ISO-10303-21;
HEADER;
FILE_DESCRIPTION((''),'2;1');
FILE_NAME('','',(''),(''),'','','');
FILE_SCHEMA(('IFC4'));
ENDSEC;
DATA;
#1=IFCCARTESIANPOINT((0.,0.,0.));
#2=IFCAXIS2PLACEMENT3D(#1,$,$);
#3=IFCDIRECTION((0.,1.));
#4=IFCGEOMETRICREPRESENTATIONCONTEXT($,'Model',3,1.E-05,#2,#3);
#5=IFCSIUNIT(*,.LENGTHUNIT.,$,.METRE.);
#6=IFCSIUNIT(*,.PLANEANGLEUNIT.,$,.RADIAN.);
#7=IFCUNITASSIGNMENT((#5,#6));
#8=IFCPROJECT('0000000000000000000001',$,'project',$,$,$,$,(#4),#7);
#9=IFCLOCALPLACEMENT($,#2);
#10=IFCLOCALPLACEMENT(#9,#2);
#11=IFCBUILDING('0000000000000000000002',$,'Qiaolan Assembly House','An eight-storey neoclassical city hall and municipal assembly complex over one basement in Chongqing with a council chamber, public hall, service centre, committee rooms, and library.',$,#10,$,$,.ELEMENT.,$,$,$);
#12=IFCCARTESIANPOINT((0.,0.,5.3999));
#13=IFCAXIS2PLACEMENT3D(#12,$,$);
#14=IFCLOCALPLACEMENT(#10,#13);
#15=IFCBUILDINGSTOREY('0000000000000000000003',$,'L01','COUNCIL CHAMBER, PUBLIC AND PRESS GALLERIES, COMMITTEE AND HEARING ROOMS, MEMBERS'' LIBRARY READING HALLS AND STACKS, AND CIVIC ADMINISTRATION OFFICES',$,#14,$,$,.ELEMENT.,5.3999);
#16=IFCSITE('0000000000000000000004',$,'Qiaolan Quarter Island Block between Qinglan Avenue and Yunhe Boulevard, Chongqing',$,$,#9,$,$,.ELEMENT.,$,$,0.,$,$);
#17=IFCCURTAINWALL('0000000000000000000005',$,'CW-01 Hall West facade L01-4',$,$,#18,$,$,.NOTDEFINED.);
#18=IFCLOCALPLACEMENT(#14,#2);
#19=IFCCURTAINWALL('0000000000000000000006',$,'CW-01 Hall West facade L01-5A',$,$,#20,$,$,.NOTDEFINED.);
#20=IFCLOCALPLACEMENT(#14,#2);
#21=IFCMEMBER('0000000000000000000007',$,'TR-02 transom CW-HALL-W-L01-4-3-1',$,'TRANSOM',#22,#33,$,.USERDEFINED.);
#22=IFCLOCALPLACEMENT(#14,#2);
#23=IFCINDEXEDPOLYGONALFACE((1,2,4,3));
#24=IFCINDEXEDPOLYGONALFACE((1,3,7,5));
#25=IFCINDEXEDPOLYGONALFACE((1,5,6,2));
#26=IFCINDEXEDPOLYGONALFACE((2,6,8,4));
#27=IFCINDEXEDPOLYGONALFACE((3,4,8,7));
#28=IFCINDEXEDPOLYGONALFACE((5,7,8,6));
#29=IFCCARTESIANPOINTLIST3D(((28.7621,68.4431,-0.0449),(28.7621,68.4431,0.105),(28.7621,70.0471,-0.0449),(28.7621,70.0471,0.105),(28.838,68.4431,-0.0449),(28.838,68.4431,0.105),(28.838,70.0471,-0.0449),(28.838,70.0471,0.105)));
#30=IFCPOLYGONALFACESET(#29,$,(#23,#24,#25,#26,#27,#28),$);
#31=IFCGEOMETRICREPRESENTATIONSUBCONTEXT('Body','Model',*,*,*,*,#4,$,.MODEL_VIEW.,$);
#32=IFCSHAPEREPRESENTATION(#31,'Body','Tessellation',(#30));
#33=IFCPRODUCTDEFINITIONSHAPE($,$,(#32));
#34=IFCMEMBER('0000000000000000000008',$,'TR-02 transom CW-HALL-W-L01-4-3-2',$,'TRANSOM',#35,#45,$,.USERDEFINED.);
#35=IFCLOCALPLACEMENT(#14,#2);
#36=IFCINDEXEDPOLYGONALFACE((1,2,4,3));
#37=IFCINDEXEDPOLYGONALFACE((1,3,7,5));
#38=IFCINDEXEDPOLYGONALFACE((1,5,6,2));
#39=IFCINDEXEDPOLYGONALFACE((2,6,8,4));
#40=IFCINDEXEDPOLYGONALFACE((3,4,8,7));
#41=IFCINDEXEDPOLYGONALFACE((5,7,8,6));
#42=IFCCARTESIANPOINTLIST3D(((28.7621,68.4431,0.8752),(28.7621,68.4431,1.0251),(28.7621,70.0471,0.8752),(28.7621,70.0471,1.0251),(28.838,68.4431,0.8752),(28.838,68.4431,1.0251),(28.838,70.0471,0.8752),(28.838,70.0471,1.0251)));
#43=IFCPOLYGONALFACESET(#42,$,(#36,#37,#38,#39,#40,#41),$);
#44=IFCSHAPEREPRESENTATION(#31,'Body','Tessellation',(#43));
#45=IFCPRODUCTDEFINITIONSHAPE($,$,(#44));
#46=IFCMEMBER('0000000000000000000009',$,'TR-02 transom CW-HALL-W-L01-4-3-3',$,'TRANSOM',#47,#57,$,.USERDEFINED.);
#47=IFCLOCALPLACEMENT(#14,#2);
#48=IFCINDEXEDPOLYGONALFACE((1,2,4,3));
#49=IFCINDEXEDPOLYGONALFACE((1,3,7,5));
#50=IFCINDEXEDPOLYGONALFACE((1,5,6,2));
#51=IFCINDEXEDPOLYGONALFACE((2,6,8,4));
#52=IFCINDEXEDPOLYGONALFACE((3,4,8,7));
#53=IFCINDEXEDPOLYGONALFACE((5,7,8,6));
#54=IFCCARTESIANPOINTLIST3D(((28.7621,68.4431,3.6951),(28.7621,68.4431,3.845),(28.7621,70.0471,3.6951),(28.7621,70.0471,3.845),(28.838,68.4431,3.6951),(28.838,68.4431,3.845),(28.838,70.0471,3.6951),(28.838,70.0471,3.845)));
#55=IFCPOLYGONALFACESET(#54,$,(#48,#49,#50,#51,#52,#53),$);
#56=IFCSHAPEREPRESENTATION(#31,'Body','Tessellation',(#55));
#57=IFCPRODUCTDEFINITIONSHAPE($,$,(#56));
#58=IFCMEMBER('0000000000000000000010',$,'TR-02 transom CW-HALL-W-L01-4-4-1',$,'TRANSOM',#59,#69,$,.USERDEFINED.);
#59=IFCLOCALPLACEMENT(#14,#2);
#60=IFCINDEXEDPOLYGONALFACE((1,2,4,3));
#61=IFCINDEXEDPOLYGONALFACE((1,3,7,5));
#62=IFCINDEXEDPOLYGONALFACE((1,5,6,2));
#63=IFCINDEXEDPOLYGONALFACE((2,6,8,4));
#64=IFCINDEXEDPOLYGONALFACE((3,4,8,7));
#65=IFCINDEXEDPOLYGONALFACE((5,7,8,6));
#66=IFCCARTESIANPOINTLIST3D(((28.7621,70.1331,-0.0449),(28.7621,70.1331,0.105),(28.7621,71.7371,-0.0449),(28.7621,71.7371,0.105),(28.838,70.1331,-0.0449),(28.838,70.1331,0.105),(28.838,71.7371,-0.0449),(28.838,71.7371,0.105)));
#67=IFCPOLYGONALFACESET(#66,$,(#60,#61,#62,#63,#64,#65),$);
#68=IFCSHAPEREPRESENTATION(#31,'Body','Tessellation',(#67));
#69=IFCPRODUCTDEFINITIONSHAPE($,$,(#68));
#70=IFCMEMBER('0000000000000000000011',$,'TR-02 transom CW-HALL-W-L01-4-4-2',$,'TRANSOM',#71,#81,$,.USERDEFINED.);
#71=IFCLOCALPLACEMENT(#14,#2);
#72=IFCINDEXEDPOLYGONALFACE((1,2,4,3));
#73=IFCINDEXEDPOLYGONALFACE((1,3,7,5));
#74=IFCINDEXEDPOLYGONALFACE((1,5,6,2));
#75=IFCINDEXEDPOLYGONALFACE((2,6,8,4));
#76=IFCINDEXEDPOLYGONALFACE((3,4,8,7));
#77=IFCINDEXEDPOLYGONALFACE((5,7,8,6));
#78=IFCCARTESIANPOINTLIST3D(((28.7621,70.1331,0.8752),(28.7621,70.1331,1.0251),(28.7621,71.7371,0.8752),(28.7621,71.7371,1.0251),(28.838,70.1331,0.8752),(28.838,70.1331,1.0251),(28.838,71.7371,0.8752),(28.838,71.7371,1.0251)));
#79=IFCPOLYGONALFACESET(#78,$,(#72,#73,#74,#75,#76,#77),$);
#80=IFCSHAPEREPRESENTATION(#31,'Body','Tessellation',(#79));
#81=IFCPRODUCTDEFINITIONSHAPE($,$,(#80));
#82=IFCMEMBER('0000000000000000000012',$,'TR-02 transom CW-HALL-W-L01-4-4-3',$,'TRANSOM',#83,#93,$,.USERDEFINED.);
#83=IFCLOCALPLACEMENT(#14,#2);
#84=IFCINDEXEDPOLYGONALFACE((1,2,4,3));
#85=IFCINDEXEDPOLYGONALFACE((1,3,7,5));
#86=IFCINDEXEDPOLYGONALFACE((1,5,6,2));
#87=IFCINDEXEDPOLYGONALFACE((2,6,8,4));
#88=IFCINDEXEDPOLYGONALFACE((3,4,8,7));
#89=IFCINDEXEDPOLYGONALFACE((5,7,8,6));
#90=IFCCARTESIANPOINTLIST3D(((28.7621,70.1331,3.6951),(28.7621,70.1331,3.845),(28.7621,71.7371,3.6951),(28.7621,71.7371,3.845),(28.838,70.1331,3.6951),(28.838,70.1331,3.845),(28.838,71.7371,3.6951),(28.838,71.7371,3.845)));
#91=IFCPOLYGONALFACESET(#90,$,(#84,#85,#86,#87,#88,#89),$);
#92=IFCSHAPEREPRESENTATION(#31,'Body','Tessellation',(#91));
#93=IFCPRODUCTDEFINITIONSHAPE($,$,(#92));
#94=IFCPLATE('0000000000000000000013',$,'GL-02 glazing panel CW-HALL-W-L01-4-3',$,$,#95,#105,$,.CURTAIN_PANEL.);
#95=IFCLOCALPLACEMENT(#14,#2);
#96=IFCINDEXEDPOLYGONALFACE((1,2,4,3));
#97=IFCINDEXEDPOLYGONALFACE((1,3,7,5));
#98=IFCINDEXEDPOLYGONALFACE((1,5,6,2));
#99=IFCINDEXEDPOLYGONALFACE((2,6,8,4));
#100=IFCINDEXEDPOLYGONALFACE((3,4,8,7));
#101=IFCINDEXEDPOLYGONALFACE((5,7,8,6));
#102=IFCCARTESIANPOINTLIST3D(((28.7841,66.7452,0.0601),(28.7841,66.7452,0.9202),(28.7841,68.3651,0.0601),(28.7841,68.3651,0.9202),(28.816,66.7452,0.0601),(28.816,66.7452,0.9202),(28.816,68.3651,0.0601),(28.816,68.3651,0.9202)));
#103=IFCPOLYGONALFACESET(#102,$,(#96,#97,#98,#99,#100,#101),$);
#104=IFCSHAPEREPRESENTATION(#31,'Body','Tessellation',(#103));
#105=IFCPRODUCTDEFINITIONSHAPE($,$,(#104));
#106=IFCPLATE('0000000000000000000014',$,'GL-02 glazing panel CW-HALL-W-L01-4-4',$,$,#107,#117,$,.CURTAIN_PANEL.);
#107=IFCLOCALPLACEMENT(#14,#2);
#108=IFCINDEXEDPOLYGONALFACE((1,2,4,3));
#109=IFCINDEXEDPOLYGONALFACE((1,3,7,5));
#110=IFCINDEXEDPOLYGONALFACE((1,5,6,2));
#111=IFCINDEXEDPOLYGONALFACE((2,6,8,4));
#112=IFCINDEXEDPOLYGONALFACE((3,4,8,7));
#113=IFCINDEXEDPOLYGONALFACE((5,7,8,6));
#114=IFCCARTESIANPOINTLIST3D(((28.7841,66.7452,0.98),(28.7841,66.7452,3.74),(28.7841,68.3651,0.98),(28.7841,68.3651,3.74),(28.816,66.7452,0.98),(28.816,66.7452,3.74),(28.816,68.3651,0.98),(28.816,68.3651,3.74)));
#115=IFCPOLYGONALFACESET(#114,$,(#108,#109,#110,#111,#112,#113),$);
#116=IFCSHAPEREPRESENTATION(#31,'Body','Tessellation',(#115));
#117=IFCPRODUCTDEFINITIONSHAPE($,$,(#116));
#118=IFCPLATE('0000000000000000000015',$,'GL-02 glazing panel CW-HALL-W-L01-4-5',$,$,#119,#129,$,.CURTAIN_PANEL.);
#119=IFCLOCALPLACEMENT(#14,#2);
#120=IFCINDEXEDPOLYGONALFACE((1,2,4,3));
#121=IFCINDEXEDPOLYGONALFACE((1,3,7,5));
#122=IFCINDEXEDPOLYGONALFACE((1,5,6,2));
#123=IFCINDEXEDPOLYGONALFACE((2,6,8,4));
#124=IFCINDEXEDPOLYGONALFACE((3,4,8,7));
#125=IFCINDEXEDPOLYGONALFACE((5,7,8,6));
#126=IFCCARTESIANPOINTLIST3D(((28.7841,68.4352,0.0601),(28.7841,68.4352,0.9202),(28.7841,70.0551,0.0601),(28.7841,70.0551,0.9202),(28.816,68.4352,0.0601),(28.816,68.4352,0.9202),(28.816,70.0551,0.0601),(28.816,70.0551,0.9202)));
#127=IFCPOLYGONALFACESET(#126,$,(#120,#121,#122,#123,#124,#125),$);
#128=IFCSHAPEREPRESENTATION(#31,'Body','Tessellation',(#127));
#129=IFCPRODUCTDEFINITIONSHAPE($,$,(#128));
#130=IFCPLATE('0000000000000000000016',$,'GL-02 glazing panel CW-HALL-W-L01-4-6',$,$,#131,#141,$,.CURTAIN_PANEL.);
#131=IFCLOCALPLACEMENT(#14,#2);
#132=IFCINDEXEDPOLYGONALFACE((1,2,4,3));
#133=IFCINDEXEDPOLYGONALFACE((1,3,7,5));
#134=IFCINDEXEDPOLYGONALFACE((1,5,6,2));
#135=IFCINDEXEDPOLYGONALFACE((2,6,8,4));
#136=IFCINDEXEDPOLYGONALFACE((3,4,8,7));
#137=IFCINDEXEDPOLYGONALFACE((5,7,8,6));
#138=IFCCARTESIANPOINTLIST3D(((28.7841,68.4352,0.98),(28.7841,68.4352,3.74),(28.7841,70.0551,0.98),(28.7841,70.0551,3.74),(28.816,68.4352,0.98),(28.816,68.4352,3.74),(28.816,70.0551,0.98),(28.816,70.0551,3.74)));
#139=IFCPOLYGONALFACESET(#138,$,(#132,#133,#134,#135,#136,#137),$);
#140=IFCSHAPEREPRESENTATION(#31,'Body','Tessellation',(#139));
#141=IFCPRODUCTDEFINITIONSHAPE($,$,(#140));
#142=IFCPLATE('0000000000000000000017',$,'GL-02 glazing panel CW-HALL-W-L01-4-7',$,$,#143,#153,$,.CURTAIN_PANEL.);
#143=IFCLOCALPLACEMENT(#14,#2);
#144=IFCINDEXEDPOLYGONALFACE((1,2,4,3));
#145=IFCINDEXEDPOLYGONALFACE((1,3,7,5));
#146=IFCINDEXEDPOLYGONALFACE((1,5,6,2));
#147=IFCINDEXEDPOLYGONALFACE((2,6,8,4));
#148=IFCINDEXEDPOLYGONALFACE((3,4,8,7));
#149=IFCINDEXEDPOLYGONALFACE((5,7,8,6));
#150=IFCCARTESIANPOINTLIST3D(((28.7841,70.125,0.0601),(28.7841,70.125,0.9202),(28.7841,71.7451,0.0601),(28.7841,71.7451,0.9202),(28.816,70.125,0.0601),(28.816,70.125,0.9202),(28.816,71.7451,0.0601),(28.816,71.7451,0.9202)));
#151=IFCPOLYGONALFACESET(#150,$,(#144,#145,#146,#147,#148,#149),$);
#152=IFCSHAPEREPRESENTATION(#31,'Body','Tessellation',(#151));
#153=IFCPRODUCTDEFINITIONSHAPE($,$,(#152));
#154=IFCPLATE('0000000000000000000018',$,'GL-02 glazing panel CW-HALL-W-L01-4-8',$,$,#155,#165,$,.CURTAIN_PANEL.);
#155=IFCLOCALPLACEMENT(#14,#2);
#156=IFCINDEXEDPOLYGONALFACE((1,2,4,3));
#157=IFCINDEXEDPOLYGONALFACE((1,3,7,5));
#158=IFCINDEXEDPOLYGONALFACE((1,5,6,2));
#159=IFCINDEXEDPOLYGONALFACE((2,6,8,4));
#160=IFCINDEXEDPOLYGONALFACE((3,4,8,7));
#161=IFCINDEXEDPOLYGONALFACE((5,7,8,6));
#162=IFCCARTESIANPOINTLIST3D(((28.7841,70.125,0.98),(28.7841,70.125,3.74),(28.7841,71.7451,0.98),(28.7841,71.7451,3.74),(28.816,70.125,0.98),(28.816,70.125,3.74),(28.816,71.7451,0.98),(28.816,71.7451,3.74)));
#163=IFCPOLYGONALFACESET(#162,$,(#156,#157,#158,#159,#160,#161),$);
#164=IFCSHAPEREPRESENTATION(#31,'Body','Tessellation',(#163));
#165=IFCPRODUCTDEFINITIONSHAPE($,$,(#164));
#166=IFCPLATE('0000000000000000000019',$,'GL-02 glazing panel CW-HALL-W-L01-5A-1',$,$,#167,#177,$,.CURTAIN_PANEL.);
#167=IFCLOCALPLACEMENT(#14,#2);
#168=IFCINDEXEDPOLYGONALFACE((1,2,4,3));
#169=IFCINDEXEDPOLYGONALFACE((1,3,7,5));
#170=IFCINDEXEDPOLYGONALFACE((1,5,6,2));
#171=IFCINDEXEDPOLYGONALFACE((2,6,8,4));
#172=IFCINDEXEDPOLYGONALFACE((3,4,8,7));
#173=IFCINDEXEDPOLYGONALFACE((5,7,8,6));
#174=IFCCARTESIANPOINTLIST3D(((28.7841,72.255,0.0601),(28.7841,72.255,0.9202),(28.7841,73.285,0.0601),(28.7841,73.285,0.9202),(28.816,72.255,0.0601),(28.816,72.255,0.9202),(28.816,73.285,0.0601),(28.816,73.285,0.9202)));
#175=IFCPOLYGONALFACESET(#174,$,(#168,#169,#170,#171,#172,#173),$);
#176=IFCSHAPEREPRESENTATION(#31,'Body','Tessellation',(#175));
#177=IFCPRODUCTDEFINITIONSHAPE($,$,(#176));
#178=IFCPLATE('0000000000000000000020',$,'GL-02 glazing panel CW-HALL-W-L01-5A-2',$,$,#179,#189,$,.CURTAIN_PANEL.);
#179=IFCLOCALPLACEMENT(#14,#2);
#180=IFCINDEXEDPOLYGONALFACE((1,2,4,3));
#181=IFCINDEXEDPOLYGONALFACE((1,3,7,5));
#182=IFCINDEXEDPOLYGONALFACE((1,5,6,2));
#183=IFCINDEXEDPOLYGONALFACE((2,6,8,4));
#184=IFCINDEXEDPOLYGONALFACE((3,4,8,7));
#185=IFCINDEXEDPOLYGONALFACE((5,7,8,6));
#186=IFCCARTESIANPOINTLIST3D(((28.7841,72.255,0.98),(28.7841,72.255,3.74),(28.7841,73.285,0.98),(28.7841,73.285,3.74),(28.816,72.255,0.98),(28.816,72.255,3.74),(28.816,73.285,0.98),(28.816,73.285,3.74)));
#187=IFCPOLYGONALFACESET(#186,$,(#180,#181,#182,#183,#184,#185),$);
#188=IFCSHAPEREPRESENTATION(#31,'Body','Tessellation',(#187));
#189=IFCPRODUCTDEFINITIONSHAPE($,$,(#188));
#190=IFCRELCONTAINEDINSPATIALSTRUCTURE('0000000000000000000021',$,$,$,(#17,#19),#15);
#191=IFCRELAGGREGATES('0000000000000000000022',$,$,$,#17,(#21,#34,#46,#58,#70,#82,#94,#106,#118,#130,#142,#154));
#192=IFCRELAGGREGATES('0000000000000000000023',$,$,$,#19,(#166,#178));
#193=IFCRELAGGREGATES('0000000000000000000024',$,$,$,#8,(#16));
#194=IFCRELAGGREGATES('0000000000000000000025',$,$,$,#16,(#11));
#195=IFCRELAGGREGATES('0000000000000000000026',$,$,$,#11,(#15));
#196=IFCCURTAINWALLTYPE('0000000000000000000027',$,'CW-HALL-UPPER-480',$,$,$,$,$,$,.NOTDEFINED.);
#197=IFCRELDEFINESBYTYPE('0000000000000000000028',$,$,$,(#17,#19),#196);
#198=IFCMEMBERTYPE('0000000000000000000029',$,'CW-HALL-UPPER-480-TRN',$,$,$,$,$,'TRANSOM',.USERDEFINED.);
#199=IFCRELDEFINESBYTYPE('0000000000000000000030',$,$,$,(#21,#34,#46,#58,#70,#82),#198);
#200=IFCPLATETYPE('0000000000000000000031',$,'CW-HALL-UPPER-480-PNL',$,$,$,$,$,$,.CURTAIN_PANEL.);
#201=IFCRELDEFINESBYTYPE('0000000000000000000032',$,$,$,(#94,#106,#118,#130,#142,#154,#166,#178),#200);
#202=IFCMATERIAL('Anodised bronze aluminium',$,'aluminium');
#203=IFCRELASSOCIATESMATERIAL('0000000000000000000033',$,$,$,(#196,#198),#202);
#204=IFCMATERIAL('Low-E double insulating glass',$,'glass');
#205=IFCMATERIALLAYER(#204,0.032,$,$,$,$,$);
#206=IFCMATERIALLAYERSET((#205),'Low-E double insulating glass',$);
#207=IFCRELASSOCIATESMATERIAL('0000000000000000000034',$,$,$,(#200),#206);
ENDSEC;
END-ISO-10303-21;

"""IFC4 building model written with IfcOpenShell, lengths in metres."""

from ifc_helpers import new_model, si_unit, direction, frame, frame_2d, origin, origin_2d, place, context, subcontext, project, spatial, rectangle, extrude, material, layer, layer_set, material_profile, profile_set, type_object, element, aggregate, save


model = new_model("IFC4")

# Units and contexts
model_context = context("Model", 3, precision=1e-05, world=origin(), true_north=direction((0.0, 1.0)))
body_context = subcontext(model_context, "Body", "Model", "MODEL_VIEW")
ifc_project = project(units=[si_unit("LENGTHUNIT", "METRE"), si_unit("PLANEANGLEUNIT", "RADIAN")], contexts=[model_context])

# Site, building, storey
site_placement = place(None, origin())
site = spatial("IfcSite", under=ifc_project, at=site_placement, Name="Qiaolan Quarter Island Block between Qinglan Avenue and Yunhe Boulevard, Chongqing", CompositionType="ELEMENT", RefElevation=0.0)
building_placement = place(site_placement, origin())
building = spatial("IfcBuilding", under=site, at=building_placement, Name="Qiaolan Assembly House", Description="An eight-storey neoclassical city hall and municipal assembly complex over one basement in Chongqing with a council chamber, public hall, service centre, committee rooms, and library.", CompositionType="ELEMENT")
storey_placement = place(building_placement, frame((0.0, 0.0, 5.3999)))
storey = spatial("IfcBuildingStorey", under=building, at=storey_placement, Name="L01", Description="COUNCIL CHAMBER, PUBLIC AND PRESS GALLERIES, COMMITTEE AND HEARING ROOMS, MEMBERS' LIBRARY READING HALLS AND STACKS, AND CIVIC ADMINISTRATION OFFICES", CompositionType="ELEMENT", Elevation=5.3999)

# Curtain wall
ifc_material_1 = material(Name="Anodised bronze aluminium", Category="aluminium")
curtain_wall_type = type_object("IfcCurtainWallType", Name="CW-HALL-UPPER-480", PredefinedType="NOTDEFINED", material=ifc_material_1)
curtain_wall_1_placement = place(storey_placement, origin())
curtain_wall_1 = element("IfcCurtainWall", 1, at=curtain_wall_1_placement, inside=storey, type_object=curtain_wall_type, Name="CW-01 Hall West facade L01-4", PredefinedType="NOTDEFINED")

# Curtain wall
curtain_wall_2_placement = place(storey_placement, origin())
curtain_wall_2 = element("IfcCurtainWall", 2, at=curtain_wall_2_placement, inside=storey, type_object=curtain_wall_type, Name="CW-01 Hall West facade L01-5A", PredefinedType="NOTDEFINED")

# Members
ifc_material_profile_1 = material_profile(ifc_material_1, rectangle(XDim=0.0759, YDim=0.1499, at=origin_2d()), Name="TRN 76x150")
ifc_profile_set_1 = profile_set([ifc_material_profile_1], Name="Anodised bronze aluminium")
member_type_1 = type_object("IfcMemberType", Name="CW-HALL-UPPER-480-TRN", ElementType="TRANSOM", PredefinedType="USERDEFINED", material=ifc_profile_set_1)
member_1_placement = place(storey_placement, frame((28.8, 68.4431, 0.03), z_axis=(0.0, 1.0, 0.0), x_axis=(-1.0, 0.0, 0.0)))
member_1 = element("IfcMember", 3, at=member_1_placement, type_object=member_type_1, Name="TR-02 transom CW-HALL-W-L01-4-3-1", ObjectType="TRANSOM", PredefinedType="USERDEFINED", context=body_context, shape_type="SweptSolid", body=[
    extrude(rectangle(XDim=0.0759, YDim=0.1499, at=origin_2d()), origin(), (0.0, 0.0, 1.0), 1.604),
])
member_2_placement = place(storey_placement, frame((28.8, 68.4431, 0.9502), z_axis=(0.0, 1.0, 0.0), x_axis=(-1.0, 0.0, 0.0)))
member_2 = element("IfcMember", 4, at=member_2_placement, type_object=member_type_1, Name="TR-02 transom CW-HALL-W-L01-4-3-2", ObjectType="TRANSOM", PredefinedType="USERDEFINED", context=body_context, shape_type="SweptSolid", body=[
    extrude(rectangle(XDim=0.0759, YDim=0.1499, at=origin_2d()), origin(), (0.0, 0.0, 1.0), 1.604),
])
member_3_placement = place(storey_placement, frame((28.8, 68.4431, 3.77), z_axis=(0.0, 1.0, 0.0), x_axis=(-1.0, 0.0, 0.0)))
member_3 = element("IfcMember", 5, at=member_3_placement, type_object=member_type_1, Name="TR-02 transom CW-HALL-W-L01-4-3-3", ObjectType="TRANSOM", PredefinedType="USERDEFINED", context=body_context, shape_type="SweptSolid", body=[
    extrude(rectangle(XDim=0.0759, YDim=0.1499, at=origin_2d()), origin(), (0.0, 0.0, 1.0), 1.604),
])
member_4_placement = place(storey_placement, frame((28.8, 70.1331, 0.03), z_axis=(0.0, 1.0, 0.0), x_axis=(-1.0, 0.0, 0.0)))
member_4 = element("IfcMember", 6, at=member_4_placement, type_object=member_type_1, Name="TR-02 transom CW-HALL-W-L01-4-4-1", ObjectType="TRANSOM", PredefinedType="USERDEFINED", context=body_context, shape_type="SweptSolid", body=[
    extrude(rectangle(XDim=0.0759, YDim=0.1499, at=origin_2d()), origin(), (0.0, 0.0, 1.0), 1.604),
])
member_5_placement = place(storey_placement, frame((28.8, 70.1331, 0.9502), z_axis=(0.0, 1.0, 0.0), x_axis=(-1.0, 0.0, 0.0)))
member_5 = element("IfcMember", 7, at=member_5_placement, type_object=member_type_1, Name="TR-02 transom CW-HALL-W-L01-4-4-2", ObjectType="TRANSOM", PredefinedType="USERDEFINED", context=body_context, shape_type="SweptSolid", body=[
    extrude(rectangle(XDim=0.0759, YDim=0.1499, at=origin_2d()), origin(), (0.0, 0.0, 1.0), 1.604),
])
member_6_placement = place(storey_placement, frame((28.8, 70.1331, 3.77), z_axis=(0.0, 1.0, 0.0), x_axis=(-1.0, 0.0, 0.0)))
member_6 = element("IfcMember", 8, at=member_6_placement, type_object=member_type_1, Name="TR-02 transom CW-HALL-W-L01-4-4-3", ObjectType="TRANSOM", PredefinedType="USERDEFINED", context=body_context, shape_type="SweptSolid", body=[
    extrude(rectangle(XDim=0.0759, YDim=0.1499, at=origin_2d()), origin(), (0.0, 0.0, 1.0), 1.604),
])

# Plates
ifc_material_2 = material(Name="Low-E double insulating glass", Category="glass")
ifc_layer = layer(ifc_material_2, 0.032)
ifc_layer_set = layer_set([ifc_layer], Name="Low-E double insulating glass")
plate_type = type_object("IfcPlateType", Name="CW-HALL-UPPER-480-PNL", PredefinedType="CURTAIN_PANEL", material=ifc_layer_set)
plate_1_placement = place(storey_placement, frame((28.8, 66.7451, 0.0601), z_axis=(0.0, 0.0, 1.0), x_axis=(0.0, 1.0, 0.0)))
plate_1 = element("IfcPlate", 9, at=plate_1_placement, type_object=plate_type, Name="GL-02 glazing panel CW-HALL-W-L01-4-3", PredefinedType="CURTAIN_PANEL", context=body_context, shape_type="SweptSolid", body=[
    extrude(rectangle(XDim=1.6199, YDim=0.032, at=frame_2d((0.8101, 0.0))), origin(), (0.0, 0.0, 1.0), 0.8601),
])
plate_2_placement = place(storey_placement, frame((28.8, 66.7451, 0.98), z_axis=(0.0, 0.0, 1.0), x_axis=(0.0, 1.0, 0.0)))
plate_2 = element("IfcPlate", 10, at=plate_2_placement, type_object=plate_type, Name="GL-02 glazing panel CW-HALL-W-L01-4-4", PredefinedType="CURTAIN_PANEL", context=body_context, shape_type="SweptSolid", body=[
    extrude(rectangle(XDim=1.6199, YDim=0.032, at=frame_2d((0.8101, 0.0))), origin(), (0.0, 0.0, 1.0), 2.76),
])
plate_3_placement = place(storey_placement, frame((28.8, 68.4351, 0.0601), z_axis=(0.0, 0.0, 1.0), x_axis=(0.0, 1.0, 0.0)))
plate_3 = element("IfcPlate", 11, at=plate_3_placement, type_object=plate_type, Name="GL-02 glazing panel CW-HALL-W-L01-4-5", PredefinedType="CURTAIN_PANEL", context=body_context, shape_type="SweptSolid", body=[
    extrude(rectangle(XDim=1.6199, YDim=0.032, at=frame_2d((0.8101, 0.0))), origin(), (0.0, 0.0, 1.0), 0.8601),
])
plate_4_placement = place(storey_placement, frame((28.8, 68.4351, 0.98), z_axis=(0.0, 0.0, 1.0), x_axis=(0.0, 1.0, 0.0)))
plate_4 = element("IfcPlate", 12, at=plate_4_placement, type_object=plate_type, Name="GL-02 glazing panel CW-HALL-W-L01-4-6", PredefinedType="CURTAIN_PANEL", context=body_context, shape_type="SweptSolid", body=[
    extrude(rectangle(XDim=1.6199, YDim=0.032, at=frame_2d((0.8101, 0.0))), origin(), (0.0, 0.0, 1.0), 2.76),
])
plate_5_placement = place(storey_placement, frame((28.8, 70.125, 0.0601), z_axis=(0.0, 0.0, 1.0), x_axis=(0.0, 1.0, 0.0)))
plate_5 = element("IfcPlate", 13, at=plate_5_placement, type_object=plate_type, Name="GL-02 glazing panel CW-HALL-W-L01-4-7", PredefinedType="CURTAIN_PANEL", context=body_context, shape_type="SweptSolid", body=[
    extrude(rectangle(XDim=1.6201, YDim=0.032, at=frame_2d((0.8101, 0.0))), origin(), (0.0, 0.0, 1.0), 0.8601),
])
plate_6_placement = place(storey_placement, frame((28.8, 70.125, 0.98), z_axis=(0.0, 0.0, 1.0), x_axis=(0.0, 1.0, 0.0)))
plate_6 = element("IfcPlate", 14, at=plate_6_placement, type_object=plate_type, Name="GL-02 glazing panel CW-HALL-W-L01-4-8", PredefinedType="CURTAIN_PANEL", context=body_context, shape_type="SweptSolid", body=[
    extrude(rectangle(XDim=1.6201, YDim=0.032, at=frame_2d((0.8101, 0.0))), origin(), (0.0, 0.0, 1.0), 2.76),
])
aggregate(curtain_wall_1, [member_1, member_2, member_3, member_4, member_5, member_6, plate_1, plate_2, plate_3, plate_4, plate_5, plate_6])
plate_7_placement = place(storey_placement, frame((28.8, 72.2549, 0.0601), z_axis=(0.0, 0.0, 1.0), x_axis=(0.0, 1.0, 0.0)))
plate_7 = element("IfcPlate", 15, at=plate_7_placement, type_object=plate_type, Name="GL-02 glazing panel CW-HALL-W-L01-5A-1", PredefinedType="CURTAIN_PANEL", context=body_context, shape_type="SweptSolid", body=[
    extrude(rectangle(XDim=1.03, YDim=0.032, at=frame_2d((0.5151, 0.0))), origin(), (0.0, 0.0, 1.0), 0.8601),
])
plate_8_placement = place(storey_placement, frame((28.8, 72.2549, 0.98), z_axis=(0.0, 0.0, 1.0), x_axis=(0.0, 1.0, 0.0)))
plate_8 = element("IfcPlate", 16, at=plate_8_placement, type_object=plate_type, Name="GL-02 glazing panel CW-HALL-W-L01-5A-2", PredefinedType="CURTAIN_PANEL", context=body_context, shape_type="SweptSolid", body=[
    extrude(rectangle(XDim=1.03, YDim=0.032, at=frame_2d((0.5151, 0.0))), origin(), (0.0, 0.0, 1.0), 2.76),
])
aggregate(curtain_wall_2, [plate_7, plate_8])

save(model, "model.ifc")
